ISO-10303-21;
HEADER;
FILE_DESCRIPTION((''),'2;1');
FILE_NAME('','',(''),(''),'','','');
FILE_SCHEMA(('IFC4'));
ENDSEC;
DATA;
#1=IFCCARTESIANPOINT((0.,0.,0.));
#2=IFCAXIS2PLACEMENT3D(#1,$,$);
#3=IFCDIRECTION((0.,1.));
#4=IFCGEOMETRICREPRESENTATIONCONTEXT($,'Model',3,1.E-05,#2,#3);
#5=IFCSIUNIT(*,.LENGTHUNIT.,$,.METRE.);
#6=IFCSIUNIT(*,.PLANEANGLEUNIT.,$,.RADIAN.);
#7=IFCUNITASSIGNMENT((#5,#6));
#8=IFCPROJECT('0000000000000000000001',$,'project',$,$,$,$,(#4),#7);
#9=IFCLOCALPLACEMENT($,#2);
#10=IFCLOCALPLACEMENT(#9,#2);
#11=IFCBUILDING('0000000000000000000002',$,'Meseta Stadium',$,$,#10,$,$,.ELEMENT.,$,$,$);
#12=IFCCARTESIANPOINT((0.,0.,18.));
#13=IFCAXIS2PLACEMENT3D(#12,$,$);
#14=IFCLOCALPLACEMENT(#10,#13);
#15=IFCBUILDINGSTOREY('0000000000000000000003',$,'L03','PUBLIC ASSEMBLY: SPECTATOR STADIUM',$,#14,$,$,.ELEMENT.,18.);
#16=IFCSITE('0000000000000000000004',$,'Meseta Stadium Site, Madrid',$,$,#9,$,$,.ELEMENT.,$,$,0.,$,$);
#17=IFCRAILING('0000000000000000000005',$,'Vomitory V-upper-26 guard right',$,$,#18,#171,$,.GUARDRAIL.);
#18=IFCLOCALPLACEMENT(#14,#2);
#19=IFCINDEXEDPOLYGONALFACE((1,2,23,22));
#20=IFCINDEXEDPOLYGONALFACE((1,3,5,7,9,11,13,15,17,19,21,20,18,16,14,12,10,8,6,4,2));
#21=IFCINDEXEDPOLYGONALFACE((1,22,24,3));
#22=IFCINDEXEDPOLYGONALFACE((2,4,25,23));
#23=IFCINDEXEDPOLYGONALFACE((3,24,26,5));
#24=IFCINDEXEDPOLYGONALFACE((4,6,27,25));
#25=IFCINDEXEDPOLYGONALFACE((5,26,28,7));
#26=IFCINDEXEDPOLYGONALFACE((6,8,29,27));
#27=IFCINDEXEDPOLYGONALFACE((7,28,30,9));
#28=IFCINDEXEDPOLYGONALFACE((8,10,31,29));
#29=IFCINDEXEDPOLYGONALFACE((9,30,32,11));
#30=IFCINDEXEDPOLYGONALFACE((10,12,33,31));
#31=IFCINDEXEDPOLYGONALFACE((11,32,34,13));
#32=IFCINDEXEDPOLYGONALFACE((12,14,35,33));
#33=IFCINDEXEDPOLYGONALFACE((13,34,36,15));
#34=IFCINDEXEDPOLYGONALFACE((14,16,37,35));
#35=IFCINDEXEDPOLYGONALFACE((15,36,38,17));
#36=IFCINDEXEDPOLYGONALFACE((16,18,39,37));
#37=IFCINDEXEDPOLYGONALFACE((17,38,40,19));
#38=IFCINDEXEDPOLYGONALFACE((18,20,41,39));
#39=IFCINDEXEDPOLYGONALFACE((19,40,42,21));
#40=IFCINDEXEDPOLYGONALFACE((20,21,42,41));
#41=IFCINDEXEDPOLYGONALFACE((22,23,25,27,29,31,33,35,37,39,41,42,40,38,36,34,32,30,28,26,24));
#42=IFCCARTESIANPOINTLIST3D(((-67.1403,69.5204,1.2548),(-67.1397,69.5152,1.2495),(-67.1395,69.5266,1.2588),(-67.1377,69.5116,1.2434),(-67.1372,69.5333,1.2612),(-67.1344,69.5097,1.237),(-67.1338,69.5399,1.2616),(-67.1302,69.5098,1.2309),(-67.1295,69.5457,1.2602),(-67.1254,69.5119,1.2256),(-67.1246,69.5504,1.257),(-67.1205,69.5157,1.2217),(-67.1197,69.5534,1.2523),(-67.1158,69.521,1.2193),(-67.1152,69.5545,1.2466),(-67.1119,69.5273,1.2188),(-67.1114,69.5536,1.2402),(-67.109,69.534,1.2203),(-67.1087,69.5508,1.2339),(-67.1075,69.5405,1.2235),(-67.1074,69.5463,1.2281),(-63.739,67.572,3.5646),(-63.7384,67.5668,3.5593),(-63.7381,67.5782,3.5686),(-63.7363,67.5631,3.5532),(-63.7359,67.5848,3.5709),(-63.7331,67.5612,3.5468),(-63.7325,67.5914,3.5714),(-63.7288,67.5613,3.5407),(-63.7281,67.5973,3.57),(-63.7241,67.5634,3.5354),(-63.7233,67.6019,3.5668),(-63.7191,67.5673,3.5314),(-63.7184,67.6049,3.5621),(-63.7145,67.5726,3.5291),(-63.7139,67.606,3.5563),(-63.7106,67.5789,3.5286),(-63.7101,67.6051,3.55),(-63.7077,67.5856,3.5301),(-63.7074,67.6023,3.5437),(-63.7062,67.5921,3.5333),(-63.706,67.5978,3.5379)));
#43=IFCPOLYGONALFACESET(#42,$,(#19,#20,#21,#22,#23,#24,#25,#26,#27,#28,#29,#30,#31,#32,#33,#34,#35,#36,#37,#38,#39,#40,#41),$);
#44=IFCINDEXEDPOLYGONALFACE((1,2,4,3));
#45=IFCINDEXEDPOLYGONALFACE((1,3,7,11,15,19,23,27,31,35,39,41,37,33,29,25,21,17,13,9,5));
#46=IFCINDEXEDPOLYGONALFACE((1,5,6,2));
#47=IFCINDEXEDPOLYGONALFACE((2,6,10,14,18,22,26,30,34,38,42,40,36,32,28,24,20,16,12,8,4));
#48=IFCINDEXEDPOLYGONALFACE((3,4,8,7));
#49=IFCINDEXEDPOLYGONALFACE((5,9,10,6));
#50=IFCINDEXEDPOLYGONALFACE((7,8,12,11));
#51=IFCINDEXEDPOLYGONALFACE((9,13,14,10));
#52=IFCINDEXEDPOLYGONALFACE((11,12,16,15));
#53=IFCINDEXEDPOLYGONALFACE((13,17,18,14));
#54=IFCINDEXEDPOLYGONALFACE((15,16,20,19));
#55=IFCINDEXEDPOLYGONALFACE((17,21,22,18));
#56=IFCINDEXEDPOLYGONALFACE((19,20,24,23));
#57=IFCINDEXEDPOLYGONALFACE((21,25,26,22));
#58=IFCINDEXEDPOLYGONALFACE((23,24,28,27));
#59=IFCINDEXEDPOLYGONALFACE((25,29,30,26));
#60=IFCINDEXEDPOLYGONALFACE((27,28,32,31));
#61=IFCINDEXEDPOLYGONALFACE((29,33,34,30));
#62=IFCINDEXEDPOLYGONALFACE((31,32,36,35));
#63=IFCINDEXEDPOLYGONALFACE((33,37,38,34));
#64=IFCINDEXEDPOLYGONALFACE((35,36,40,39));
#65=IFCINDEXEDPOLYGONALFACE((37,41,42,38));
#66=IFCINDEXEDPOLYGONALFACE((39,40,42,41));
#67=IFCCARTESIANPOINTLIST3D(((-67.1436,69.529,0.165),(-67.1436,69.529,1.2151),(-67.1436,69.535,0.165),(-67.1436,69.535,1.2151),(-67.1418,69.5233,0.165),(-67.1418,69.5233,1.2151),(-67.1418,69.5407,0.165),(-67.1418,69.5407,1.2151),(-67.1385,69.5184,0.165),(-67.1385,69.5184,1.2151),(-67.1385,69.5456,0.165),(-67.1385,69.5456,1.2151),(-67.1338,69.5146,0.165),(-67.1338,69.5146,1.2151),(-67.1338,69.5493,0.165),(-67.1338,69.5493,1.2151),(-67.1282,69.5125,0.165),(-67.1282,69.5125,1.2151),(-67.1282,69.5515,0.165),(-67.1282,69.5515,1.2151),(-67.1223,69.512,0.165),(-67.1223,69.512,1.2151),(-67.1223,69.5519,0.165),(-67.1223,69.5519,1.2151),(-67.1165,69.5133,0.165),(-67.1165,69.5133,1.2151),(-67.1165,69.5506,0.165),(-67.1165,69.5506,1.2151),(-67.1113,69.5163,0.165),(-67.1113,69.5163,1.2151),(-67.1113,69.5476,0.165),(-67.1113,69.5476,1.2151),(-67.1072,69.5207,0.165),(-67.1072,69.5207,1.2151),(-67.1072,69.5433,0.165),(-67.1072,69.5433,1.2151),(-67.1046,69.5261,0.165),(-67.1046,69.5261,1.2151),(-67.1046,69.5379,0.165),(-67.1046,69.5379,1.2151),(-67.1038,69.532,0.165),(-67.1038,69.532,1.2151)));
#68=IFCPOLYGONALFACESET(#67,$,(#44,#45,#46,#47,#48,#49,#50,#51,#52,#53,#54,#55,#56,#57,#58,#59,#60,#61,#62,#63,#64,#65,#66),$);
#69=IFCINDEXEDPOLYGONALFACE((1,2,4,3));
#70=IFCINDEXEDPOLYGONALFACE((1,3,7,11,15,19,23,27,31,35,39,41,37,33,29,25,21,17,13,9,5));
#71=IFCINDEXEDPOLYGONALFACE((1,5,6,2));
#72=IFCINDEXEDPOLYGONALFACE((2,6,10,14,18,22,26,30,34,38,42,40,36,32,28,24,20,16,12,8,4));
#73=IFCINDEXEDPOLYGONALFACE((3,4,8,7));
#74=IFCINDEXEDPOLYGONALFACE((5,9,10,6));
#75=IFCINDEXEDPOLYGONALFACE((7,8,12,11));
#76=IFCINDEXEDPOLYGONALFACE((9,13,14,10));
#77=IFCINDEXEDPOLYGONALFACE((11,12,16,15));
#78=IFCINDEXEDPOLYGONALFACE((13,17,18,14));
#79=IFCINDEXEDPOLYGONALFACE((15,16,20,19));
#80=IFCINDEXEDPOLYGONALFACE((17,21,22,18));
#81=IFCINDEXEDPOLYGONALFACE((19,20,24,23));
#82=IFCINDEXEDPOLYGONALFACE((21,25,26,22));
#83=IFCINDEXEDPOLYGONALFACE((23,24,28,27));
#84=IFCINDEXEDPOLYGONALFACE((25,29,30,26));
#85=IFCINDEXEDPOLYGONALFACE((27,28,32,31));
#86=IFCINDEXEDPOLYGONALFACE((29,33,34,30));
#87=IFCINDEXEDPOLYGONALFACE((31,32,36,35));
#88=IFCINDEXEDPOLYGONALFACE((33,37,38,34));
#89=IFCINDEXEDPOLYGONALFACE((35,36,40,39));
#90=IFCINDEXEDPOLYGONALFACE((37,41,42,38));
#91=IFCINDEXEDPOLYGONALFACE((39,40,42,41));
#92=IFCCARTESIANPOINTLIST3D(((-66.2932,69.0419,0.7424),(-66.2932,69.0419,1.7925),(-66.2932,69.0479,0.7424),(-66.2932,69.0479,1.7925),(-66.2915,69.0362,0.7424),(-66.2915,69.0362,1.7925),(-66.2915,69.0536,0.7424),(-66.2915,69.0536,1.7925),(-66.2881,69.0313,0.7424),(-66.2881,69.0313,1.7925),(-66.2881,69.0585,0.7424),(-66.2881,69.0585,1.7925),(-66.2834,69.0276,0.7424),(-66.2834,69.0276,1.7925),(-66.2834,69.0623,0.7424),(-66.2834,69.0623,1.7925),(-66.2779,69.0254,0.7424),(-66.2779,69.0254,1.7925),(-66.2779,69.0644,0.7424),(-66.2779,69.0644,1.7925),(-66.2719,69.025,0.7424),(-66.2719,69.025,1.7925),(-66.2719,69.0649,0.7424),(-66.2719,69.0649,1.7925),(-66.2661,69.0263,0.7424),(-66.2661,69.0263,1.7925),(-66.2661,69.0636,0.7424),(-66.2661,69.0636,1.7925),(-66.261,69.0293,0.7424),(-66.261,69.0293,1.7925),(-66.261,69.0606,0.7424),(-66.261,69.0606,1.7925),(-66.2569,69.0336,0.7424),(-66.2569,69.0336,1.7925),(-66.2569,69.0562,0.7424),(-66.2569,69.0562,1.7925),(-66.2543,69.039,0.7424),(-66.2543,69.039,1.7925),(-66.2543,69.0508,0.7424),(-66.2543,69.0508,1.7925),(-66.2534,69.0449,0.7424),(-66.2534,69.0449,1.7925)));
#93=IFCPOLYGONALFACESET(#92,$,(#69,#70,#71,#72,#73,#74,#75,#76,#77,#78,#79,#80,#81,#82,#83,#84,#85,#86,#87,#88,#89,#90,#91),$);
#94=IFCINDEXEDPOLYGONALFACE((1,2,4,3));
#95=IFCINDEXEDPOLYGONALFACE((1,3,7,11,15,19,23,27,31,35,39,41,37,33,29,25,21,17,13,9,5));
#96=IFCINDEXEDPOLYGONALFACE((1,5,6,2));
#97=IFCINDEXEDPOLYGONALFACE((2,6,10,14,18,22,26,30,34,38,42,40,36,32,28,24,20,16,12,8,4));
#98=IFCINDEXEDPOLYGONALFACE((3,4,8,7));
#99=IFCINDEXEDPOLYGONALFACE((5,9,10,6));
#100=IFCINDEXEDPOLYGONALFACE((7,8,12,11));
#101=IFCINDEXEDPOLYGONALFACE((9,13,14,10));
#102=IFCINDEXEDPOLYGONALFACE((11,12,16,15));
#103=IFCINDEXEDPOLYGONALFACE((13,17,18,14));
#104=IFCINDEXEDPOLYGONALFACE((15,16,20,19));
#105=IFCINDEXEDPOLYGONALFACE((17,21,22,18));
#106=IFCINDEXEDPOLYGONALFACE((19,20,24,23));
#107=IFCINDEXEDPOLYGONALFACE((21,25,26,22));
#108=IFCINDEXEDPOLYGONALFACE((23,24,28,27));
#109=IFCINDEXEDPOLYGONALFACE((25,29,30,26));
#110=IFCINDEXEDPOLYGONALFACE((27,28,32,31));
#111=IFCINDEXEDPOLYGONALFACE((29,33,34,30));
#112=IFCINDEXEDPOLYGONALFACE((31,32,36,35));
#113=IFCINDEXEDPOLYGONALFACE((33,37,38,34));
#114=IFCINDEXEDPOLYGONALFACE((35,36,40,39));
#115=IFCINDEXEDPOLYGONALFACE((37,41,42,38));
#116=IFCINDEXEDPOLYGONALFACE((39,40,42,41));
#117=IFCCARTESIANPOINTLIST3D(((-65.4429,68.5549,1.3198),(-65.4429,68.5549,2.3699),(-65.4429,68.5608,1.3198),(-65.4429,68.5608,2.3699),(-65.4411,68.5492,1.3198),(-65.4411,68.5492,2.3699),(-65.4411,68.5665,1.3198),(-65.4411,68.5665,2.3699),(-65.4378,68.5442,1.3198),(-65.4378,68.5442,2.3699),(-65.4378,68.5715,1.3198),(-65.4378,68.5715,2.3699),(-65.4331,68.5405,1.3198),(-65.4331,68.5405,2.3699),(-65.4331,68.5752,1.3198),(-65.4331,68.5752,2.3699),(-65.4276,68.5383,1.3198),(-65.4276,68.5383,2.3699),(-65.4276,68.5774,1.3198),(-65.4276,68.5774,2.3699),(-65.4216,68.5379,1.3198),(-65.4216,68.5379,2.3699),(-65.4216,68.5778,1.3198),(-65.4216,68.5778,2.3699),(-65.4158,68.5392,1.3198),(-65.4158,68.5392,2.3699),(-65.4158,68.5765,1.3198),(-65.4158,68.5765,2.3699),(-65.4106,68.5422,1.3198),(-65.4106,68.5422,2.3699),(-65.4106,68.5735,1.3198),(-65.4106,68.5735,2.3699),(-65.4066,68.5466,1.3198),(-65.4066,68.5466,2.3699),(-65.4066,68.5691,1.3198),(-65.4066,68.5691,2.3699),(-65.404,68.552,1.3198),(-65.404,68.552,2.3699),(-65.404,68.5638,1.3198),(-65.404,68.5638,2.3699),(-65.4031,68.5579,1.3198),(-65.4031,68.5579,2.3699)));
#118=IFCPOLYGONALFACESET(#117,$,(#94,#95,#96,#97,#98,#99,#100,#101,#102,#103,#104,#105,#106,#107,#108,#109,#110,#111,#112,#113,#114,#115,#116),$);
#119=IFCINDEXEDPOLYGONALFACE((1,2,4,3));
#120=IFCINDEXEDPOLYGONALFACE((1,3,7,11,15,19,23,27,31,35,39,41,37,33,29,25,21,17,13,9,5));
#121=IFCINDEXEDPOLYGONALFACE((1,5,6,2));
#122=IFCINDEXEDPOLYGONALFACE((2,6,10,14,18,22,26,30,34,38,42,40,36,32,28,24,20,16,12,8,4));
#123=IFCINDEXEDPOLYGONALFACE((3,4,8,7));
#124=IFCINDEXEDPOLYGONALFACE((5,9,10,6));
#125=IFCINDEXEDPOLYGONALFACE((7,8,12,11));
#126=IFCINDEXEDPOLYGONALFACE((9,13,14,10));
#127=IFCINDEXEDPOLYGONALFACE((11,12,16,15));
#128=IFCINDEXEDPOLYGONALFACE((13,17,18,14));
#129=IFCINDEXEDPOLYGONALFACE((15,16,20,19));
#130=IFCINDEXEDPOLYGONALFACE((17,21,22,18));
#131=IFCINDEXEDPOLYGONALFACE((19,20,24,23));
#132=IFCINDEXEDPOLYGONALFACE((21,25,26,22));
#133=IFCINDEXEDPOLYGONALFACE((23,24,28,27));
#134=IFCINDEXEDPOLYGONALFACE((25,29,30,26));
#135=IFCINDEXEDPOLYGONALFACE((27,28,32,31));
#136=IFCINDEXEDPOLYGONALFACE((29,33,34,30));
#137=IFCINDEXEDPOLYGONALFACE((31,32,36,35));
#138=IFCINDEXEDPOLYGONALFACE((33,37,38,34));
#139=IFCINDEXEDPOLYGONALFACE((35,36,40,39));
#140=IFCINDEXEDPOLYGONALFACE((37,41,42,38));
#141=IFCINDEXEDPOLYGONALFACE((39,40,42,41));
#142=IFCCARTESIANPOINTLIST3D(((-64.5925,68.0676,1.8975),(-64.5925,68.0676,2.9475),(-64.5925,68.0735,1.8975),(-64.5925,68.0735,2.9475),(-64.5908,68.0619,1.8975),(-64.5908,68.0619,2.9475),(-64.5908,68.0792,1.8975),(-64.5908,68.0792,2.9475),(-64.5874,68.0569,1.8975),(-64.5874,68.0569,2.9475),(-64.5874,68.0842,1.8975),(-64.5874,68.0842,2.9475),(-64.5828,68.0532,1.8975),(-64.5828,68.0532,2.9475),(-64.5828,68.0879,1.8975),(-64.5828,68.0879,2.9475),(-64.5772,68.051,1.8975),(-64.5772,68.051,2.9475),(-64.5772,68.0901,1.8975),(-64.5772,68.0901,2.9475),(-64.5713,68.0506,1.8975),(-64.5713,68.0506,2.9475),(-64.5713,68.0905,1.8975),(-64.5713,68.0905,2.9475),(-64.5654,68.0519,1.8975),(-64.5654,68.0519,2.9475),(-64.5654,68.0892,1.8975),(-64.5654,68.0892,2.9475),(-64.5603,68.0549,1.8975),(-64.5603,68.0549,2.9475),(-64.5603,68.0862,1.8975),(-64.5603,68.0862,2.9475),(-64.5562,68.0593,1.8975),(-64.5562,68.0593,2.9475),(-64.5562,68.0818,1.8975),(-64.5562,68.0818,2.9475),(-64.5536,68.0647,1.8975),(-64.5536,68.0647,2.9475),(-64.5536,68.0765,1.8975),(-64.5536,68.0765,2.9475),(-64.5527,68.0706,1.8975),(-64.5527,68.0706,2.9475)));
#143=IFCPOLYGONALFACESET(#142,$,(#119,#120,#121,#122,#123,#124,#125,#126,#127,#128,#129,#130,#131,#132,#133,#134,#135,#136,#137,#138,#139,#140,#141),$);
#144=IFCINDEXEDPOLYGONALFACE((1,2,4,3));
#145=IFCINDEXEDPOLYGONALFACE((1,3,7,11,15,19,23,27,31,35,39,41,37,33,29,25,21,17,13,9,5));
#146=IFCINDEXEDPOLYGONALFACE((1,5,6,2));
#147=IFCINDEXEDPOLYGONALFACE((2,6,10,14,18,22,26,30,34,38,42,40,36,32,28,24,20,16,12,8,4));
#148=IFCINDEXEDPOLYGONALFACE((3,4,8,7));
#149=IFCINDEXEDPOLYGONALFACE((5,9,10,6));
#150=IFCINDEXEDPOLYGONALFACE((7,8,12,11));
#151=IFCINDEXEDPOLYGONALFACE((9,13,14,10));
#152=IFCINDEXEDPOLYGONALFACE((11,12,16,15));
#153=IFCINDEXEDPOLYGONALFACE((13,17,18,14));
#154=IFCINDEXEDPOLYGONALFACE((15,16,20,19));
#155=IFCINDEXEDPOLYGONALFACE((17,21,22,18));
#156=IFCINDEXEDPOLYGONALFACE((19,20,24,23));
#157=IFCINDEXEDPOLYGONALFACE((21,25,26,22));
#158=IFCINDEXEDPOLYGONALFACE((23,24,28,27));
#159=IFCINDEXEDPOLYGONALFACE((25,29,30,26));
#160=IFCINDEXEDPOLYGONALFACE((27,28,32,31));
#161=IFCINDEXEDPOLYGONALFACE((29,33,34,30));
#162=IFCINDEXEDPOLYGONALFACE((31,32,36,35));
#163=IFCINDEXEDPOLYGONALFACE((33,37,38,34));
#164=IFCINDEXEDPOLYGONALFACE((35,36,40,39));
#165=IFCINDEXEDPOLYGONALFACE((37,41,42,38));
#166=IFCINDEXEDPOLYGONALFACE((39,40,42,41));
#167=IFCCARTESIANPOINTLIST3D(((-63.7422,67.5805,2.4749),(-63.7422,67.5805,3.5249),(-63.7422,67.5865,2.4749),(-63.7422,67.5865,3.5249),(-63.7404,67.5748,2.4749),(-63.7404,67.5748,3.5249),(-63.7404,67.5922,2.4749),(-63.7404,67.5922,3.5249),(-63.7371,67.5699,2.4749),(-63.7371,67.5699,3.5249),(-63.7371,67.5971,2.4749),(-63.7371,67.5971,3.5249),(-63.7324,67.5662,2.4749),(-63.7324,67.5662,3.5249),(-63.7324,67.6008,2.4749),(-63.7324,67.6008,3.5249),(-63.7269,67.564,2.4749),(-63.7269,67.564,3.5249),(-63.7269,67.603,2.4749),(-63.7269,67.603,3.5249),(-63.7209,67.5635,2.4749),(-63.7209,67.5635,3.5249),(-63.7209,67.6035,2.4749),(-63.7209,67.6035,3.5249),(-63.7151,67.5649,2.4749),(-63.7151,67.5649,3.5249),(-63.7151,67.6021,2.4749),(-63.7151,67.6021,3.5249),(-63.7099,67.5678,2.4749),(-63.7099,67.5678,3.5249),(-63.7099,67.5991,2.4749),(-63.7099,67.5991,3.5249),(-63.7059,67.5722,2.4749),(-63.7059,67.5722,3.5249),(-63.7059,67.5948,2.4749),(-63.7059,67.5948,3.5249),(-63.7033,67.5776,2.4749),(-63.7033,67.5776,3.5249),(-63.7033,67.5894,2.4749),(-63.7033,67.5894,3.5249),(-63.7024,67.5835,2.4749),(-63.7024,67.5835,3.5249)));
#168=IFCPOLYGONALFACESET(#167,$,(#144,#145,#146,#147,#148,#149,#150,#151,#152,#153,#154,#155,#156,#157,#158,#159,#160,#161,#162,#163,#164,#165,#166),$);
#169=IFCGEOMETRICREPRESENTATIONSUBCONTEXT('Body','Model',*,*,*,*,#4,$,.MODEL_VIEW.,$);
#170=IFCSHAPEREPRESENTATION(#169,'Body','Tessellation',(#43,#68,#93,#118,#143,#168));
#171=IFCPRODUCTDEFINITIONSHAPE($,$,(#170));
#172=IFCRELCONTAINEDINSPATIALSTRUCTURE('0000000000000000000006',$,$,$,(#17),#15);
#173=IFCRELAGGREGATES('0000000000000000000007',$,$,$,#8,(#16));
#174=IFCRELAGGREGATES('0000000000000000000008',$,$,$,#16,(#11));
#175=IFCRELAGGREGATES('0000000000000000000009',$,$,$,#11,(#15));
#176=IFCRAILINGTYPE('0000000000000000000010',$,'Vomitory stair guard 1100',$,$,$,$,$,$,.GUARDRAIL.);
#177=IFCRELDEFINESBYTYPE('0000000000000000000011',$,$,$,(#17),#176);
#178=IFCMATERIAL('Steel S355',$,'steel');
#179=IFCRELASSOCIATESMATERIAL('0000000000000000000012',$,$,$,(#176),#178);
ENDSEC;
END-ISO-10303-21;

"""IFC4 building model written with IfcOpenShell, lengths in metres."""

from ifc_helpers import new_model, si_unit, direction, frame, origin, origin_2d, place, context, subcontext, project, spatial, circle, extrude, material, type_object, element, save


model = new_model("IFC4")

# Units and contexts
model_context = context("Model", 3, precision=1e-05, world=origin(), true_north=direction((0.0, 1.0)))
body_context = subcontext(model_context, "Body", "Model", "MODEL_VIEW")
ifc_project = project(units=[si_unit("LENGTHUNIT", "METRE"), si_unit("PLANEANGLEUNIT", "RADIAN")], contexts=[model_context])

# Site, building, storey
site_placement = place(None, origin())
site = spatial("IfcSite", under=ifc_project, at=site_placement, Name="Meseta Stadium Site, Madrid", CompositionType="ELEMENT", RefElevation=0.0)
building_placement = place(site_placement, origin())
building = spatial("IfcBuilding", under=site, at=building_placement, Name="Meseta Stadium", CompositionType="ELEMENT")
storey_placement = place(building_placement, frame((0.0, 0.0, 18.0)))
storey = spatial("IfcBuildingStorey", under=building, at=storey_placement, Name="L03", Description="PUBLIC ASSEMBLY: SPECTATOR STADIUM", CompositionType="ELEMENT", Elevation=18.0)

# Railing
ifc_material_1 = material(Name="Steel S355", Category="steel")
railing_type_1 = type_object("IfcRailingType", Name="Vomitory stair guard 1100", PredefinedType="GUARDRAIL", material=ifc_material_1)
railing_1_placement = place(storey_placement, frame((-67.1238, 69.532, 0.165)))
element("IfcRailing", 1, at=railing_1_placement, inside=storey, type_object=railing_type_1, Name="Vomitory V-upper-26 guard right", PredefinedType="GUARDRAIL", context=body_context, shape_type="SweptSolid", body=[
    extrude(circle(Radius=0.0249, at=origin_2d()), frame((0.0, 0.0, 1.0752), z_axis=(0.747578, -0.428253, 0.507668), x_axis=(0.497071, 0.86771, 0.0)), (0.0, 0.0, 1.0), 4.5498),
    extrude(circle(Radius=0.02, at=origin_2d()), origin(), (0.0, 0.0, 1.0), 1.05),
    extrude(circle(Radius=0.02, at=origin_2d()), frame((0.8503, -0.4871, 0.5774)), (0.0, 0.0, 1.0), 1.05),
    extrude(circle(Radius=0.02, at=origin_2d()), frame((1.7007, -0.9741, 1.1548)), (0.0, 0.0, 1.0), 1.05),
    extrude(circle(Radius=0.02, at=origin_2d()), frame((2.551, -1.4614, 1.7324)), (0.0, 0.0, 1.0), 1.05),
    extrude(circle(Radius=0.02, at=origin_2d()), frame((3.4014, -1.9485, 2.3098)), (0.0, 0.0, 1.0), 1.05),
])

save(model, "model.ifc")
